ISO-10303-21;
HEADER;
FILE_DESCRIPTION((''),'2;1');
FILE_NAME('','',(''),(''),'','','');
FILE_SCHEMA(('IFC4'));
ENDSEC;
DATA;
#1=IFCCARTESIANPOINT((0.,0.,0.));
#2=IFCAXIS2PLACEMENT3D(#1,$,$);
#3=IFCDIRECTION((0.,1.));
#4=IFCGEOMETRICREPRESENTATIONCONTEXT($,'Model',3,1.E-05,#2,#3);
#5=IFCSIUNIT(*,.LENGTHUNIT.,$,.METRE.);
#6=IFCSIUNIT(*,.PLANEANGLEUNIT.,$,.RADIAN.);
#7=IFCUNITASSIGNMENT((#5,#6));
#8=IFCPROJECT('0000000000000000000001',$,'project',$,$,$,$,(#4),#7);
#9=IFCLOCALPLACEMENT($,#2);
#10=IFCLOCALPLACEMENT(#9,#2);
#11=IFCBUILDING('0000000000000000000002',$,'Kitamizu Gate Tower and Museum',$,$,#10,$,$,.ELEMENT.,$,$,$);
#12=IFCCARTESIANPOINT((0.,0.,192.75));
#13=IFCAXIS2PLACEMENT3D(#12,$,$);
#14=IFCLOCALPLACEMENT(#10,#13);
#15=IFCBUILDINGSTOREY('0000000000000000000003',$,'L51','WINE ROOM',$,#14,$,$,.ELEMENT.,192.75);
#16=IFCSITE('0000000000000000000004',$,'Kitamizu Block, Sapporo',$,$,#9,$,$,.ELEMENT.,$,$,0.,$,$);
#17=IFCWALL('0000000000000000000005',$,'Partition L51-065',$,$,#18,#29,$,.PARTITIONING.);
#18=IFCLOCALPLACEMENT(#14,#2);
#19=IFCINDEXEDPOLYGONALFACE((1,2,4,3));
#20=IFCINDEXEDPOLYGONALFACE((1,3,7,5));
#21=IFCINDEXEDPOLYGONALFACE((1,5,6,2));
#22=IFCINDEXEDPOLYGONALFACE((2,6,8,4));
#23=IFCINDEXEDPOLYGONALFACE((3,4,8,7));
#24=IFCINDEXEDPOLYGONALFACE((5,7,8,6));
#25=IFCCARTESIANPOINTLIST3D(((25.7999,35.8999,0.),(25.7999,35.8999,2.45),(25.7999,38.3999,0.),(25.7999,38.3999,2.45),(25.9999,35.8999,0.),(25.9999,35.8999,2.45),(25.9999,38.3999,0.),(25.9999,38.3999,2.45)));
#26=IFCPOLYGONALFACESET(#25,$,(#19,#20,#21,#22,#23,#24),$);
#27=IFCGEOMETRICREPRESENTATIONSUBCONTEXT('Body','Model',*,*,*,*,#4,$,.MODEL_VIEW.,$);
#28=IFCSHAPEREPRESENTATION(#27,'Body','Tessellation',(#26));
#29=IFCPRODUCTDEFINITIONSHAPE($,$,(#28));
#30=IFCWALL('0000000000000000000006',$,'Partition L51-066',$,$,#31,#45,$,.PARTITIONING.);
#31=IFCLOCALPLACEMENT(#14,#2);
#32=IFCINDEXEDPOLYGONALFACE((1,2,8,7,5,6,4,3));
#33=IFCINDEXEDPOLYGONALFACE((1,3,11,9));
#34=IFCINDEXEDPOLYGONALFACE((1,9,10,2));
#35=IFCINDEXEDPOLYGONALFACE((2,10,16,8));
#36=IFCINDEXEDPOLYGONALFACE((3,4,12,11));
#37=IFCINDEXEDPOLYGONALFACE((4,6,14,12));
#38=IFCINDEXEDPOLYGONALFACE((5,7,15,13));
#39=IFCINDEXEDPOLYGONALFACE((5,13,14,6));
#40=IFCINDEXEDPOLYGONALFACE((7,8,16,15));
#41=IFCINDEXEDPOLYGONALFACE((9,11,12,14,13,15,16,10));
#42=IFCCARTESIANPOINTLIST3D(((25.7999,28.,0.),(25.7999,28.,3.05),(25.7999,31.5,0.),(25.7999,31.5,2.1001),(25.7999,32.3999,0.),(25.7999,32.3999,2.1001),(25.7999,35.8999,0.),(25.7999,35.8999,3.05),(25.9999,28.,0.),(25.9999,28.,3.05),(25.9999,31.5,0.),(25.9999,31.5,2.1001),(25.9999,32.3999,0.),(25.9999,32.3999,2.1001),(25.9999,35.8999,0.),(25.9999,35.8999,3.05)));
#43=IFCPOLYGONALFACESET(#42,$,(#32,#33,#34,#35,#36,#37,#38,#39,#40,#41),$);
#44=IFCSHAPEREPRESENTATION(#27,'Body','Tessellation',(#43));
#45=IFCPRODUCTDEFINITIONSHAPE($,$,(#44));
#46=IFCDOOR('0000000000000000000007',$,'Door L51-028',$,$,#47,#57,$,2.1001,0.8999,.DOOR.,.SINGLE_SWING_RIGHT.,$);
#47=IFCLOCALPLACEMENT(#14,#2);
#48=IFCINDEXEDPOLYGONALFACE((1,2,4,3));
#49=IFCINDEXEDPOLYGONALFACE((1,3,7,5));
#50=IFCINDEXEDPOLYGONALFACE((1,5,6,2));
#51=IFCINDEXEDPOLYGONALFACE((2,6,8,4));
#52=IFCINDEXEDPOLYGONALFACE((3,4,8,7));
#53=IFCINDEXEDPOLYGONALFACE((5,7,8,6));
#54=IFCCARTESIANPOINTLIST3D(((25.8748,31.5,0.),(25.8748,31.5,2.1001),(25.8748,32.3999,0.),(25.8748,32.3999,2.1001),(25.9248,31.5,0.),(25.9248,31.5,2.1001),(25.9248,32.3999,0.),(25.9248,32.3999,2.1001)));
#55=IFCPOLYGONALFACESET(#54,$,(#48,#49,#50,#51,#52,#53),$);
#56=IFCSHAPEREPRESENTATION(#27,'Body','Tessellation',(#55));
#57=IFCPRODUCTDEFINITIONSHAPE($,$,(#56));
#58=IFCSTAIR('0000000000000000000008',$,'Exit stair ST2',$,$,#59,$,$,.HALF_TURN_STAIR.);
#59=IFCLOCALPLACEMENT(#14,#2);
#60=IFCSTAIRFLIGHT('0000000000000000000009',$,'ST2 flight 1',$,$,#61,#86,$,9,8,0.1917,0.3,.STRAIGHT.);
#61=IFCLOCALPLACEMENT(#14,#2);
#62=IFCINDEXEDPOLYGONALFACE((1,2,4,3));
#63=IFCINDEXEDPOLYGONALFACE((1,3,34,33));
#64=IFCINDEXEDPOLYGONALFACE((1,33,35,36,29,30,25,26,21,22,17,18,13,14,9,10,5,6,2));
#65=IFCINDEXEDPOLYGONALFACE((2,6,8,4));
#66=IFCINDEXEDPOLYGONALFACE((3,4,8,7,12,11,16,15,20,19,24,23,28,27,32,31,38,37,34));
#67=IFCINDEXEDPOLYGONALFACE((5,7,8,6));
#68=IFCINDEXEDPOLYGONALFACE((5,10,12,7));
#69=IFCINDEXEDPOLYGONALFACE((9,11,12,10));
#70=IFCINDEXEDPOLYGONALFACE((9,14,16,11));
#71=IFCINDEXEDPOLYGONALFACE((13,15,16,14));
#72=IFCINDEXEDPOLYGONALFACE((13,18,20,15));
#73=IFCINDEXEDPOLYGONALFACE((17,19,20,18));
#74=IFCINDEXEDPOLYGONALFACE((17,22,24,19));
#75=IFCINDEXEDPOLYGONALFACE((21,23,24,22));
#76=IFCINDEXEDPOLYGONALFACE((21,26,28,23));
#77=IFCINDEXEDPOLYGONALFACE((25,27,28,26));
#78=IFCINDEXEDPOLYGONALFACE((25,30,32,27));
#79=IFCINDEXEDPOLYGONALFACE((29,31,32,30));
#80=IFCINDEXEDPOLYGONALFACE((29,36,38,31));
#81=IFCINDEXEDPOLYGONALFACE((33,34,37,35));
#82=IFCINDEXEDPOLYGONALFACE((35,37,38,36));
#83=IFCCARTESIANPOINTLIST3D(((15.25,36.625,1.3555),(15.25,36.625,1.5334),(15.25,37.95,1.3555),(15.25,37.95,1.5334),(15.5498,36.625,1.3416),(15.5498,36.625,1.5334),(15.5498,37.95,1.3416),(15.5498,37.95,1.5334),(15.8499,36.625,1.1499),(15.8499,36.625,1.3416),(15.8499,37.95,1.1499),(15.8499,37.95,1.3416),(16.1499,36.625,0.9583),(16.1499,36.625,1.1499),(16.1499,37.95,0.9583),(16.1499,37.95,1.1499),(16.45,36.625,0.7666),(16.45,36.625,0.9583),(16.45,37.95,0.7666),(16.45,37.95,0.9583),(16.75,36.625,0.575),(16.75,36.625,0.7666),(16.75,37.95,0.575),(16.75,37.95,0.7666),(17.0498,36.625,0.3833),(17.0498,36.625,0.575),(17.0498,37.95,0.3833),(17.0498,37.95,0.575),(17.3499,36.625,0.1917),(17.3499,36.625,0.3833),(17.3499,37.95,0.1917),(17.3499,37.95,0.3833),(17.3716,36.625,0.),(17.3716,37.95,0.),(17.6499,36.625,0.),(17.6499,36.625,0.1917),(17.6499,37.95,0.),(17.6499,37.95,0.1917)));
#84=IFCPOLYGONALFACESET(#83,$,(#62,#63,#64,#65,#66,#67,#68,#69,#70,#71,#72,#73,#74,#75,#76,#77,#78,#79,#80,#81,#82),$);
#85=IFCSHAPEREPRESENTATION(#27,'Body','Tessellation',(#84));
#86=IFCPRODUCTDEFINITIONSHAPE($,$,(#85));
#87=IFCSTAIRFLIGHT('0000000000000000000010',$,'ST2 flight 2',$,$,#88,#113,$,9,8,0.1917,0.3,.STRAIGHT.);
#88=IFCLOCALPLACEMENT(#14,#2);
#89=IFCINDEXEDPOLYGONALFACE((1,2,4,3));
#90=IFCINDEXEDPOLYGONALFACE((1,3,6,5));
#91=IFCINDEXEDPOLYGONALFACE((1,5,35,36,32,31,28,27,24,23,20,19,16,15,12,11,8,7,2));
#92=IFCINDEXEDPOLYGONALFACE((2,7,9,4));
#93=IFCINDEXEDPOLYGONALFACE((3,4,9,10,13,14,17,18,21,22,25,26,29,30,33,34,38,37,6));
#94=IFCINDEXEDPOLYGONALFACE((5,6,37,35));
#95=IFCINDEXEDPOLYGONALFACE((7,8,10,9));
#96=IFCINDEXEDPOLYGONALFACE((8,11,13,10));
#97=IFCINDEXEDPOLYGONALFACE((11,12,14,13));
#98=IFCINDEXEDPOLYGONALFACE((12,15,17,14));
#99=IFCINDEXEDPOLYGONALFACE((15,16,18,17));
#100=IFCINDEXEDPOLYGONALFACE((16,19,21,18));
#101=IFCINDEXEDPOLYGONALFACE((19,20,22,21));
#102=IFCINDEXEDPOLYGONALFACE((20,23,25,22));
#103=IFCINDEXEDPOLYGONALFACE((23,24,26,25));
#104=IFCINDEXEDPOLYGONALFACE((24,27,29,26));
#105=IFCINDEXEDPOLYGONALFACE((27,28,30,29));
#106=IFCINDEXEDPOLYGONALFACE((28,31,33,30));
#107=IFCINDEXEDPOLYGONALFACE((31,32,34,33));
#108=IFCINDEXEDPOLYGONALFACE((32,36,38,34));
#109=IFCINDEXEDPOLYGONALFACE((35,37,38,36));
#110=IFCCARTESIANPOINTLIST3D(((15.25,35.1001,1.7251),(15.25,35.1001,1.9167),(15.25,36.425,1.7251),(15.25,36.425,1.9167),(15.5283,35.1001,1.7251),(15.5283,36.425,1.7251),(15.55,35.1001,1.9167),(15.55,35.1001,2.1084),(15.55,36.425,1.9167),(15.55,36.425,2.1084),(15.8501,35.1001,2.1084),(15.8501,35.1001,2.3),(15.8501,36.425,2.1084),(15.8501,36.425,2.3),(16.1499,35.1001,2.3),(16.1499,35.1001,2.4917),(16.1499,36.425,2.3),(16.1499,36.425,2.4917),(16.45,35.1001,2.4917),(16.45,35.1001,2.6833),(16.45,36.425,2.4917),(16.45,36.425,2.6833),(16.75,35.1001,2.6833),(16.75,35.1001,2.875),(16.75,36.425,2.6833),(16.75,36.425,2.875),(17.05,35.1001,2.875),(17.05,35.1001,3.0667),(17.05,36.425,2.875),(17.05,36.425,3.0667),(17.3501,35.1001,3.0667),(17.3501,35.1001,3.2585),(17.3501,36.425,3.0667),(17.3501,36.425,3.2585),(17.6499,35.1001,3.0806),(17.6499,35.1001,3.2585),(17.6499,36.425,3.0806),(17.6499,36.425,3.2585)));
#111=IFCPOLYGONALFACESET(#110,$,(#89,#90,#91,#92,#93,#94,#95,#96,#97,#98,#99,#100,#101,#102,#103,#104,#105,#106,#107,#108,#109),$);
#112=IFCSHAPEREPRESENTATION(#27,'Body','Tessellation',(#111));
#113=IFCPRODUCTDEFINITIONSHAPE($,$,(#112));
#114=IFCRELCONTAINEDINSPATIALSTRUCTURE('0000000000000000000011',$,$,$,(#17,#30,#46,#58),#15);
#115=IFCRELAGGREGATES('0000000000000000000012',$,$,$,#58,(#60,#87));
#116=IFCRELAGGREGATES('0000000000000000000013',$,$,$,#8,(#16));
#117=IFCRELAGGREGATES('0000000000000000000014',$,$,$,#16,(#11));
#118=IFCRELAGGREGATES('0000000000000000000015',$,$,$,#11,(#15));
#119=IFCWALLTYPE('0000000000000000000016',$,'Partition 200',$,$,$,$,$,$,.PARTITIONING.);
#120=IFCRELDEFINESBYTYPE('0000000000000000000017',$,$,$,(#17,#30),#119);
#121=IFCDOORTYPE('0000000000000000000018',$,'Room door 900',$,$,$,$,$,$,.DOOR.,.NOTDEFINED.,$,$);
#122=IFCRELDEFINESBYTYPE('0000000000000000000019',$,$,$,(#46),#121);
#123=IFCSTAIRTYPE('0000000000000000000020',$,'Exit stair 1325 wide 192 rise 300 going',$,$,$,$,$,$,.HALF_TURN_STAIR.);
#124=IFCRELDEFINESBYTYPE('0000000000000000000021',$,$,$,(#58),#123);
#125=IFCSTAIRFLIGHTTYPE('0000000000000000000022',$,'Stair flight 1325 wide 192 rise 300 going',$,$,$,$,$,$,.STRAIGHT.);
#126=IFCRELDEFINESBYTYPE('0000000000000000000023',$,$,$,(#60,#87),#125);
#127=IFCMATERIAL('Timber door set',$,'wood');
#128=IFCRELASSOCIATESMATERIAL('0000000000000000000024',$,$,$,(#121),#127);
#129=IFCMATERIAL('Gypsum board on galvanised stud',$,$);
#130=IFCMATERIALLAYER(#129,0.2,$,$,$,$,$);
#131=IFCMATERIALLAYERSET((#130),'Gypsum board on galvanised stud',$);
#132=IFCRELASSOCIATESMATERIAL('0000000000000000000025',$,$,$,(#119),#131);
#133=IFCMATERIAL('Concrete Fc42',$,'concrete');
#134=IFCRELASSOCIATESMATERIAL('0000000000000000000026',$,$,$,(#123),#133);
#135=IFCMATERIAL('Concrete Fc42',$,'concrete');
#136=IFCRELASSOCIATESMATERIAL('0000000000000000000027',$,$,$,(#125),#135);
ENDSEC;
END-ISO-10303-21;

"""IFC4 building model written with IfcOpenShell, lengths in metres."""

from ifc_helpers import new_model, si_unit, direction, frame, frame_2d, origin, place, context, subcontext, project, spatial, polyline, rectangle, outline, extrude, material, layer, layer_set, type_object, element, fill, aggregate, save


model = new_model("IFC4")

# Units and contexts
model_context = context("Model", 3, precision=1e-05, world=origin(), true_north=direction((0.0, 1.0)))
body_context = subcontext(model_context, "Body", "Model", "MODEL_VIEW")
ifc_project = project(units=[si_unit("LENGTHUNIT", "METRE"), si_unit("PLANEANGLEUNIT", "RADIAN")], contexts=[model_context])

# Site, building, storey
site_placement = place(None, origin())
site = spatial("IfcSite", under=ifc_project, at=site_placement, Name="Kitamizu Block, Sapporo", CompositionType="ELEMENT", RefElevation=0.0)
building_placement = place(site_placement, origin())
building = spatial("IfcBuilding", under=site, at=building_placement, Name="Kitamizu Gate Tower and Museum", CompositionType="ELEMENT")
storey_placement = place(building_placement, frame((0.0, 0.0, 192.75)))
storey = spatial("IfcBuildingStorey", under=building, at=storey_placement, Name="L51", Description="WINE ROOM", CompositionType="ELEMENT", Elevation=192.75)

# Shared definitions
ifc_material_1 = material(Name="Timber door set", Category="wood")
door_type = type_object("IfcDoorType", Name="Room door 900", OperationType="NOTDEFINED", PredefinedType="DOOR", material=ifc_material_1)

# Wall
ifc_material_2 = material(Name="Gypsum board on galvanised stud")
ifc_layer_1 = layer(ifc_material_2, 0.2)
ifc_layer_set_1 = layer_set([ifc_layer_1], Name="Gypsum board on galvanised stud")
wall_type_1 = type_object("IfcWallType", Name="Partition 200", PredefinedType="PARTITIONING", material=ifc_layer_set_1)
wall_1_placement = place(storey_placement, frame((25.8999, 38.3999, 0.0), z_axis=(0.0, 0.0, 1.0), x_axis=(0.0, -1.0, 0.0)))
element("IfcWall", 1, at=wall_1_placement, inside=storey, type_object=wall_type_1, Name="Partition L51-065", PredefinedType="PARTITIONING", context=body_context, shape_type="SweptSolid", body=[
    extrude(rectangle(XDim=2.5, YDim=0.2, at=frame_2d((1.25, 0.0))), origin(), (0.0, 0.0, 1.0), 2.45),
])

# Wall, opening, door
wall_2_placement = place(storey_placement, frame((25.8999, 35.8999, 0.0), z_axis=(0.0, 0.0, 1.0), x_axis=(0.0, -1.0, 0.0)))
wall_2 = element("IfcWall", 2, at=wall_2_placement, inside=storey, type_object=wall_type_1, Name="Partition L51-066", PredefinedType="PARTITIONING", context=body_context, shape_type="SweptSolid", body=[
    extrude(rectangle(XDim=7.8999, YDim=0.2, at=frame_2d((3.95, 0.0))), origin(), (0.0, 0.0, 1.0), 3.05),
])
opening_1_placement = place(wall_2_placement, frame((3.5, 0.0, 0.0)))
opening_1 = element("IfcOpeningElement", 3, at=opening_1_placement, cuts=wall_2, PredefinedType="OPENING", context=body_context, shape_type="SweptSolid", body=[
    extrude(rectangle(XDim=0.8999, YDim=2.1001, at=frame_2d((0.45, 1.05))), frame((0.0, 0.1099, 0.0), z_axis=(0.0, -1.0, 0.0), x_axis=(1.0, 0.0, 0.0)), (0.0, 0.0, 1.0), 0.22),
])
door_1_placement = place(opening_1_placement, origin())
door_1 = element("IfcDoor", 4, at=door_1_placement, inside=storey, type_object=door_type, Name="Door L51-028", OperationType="SINGLE_SWING_RIGHT", OverallHeight=2.1001, OverallWidth=0.8999, PredefinedType="DOOR", context=body_context, shape_type="SweptSolid", body=[
    extrude(rectangle(XDim=0.8999, YDim=2.1001, at=frame_2d((0.45, 1.05))), frame((0.0, 0.0249, 0.0), z_axis=(0.0, -1.0, 0.0), x_axis=(1.0, 0.0, 0.0)), (0.0, 0.0, 1.0), 0.05),
])
fill(opening_1, door_1)

# Stair, stair flights
ifc_material_3 = material(Name="Concrete Fc42", Category="concrete")
stair_type = type_object("IfcStairType", Name="Exit stair 1325 wide 192 rise 300 going", PredefinedType="HALF_TURN_STAIR", material=ifc_material_3)
stair_placement = place(storey_placement, origin())
stair = element("IfcStair", 5, at=stair_placement, inside=storey, type_object=stair_type, Name="Exit stair ST2", PredefinedType="HALF_TURN_STAIR")
ifc_material_4 = material(Name="Concrete Fc42", Category="concrete")
stair_flight_type = type_object("IfcStairFlightType", Name="Stair flight 1325 wide 192 rise 300 going", PredefinedType="STRAIGHT", material=ifc_material_4)
stair_flight_1_placement = place(storey_placement, frame((17.6499, 37.2876, 0.0), z_axis=(0.0, 0.0, 1.0), x_axis=(-1.0, 0.0, 0.0)))
stair_flight_1 = element("IfcStairFlight", 6, at=stair_flight_1_placement, type_object=stair_flight_type, Name="ST2 flight 1", NumberOfRisers=9, NumberOfTreads=8, PredefinedType="STRAIGHT", RiserHeight=0.1917, TreadLength=0.3, context=body_context, shape_type="SweptSolid", body=[
    extrude(outline(polyline([(0.0, 0.0), (0.0, 0.1917), (0.3, 0.1917), (0.3, 0.3833), (0.6001, 0.3833), (0.6001, 0.575), (0.8999, 0.575), (0.8999, 0.7666), (1.2, 0.7666), (1.2, 0.9583), (1.5, 0.9583), (1.5, 1.1499), (1.8, 1.1499), (1.8, 1.3416), (2.1001, 1.3416), (2.1001, 1.5334), (2.3999, 1.5334), (2.3999, 1.7251), (2.3999, 1.3555), (0.2783, 0.0), (0.0, 0.0)])), frame((0.0, 0.6626, 0.0), z_axis=(0.0, -1.0, 0.0), x_axis=(1.0, 0.0, 0.0)), (0.0, 0.0, 1.0), 1.325),
])
stair_flight_2_placement = place(storey_placement, frame((15.25, 35.7625, 1.7251), z_axis=(0.0, 0.0, 1.0), x_axis=(1.0, 0.0, 0.0)))
stair_flight_2 = element("IfcStairFlight", 7, at=stair_flight_2_placement, type_object=stair_flight_type, Name="ST2 flight 2", NumberOfRisers=9, NumberOfTreads=8, PredefinedType="STRAIGHT", RiserHeight=0.1917, TreadLength=0.3, context=body_context, shape_type="SweptSolid", body=[
    extrude(outline(polyline([(0.0, 0.0), (0.0, 0.1917), (0.3, 0.1917), (0.3, 0.3833), (0.6001, 0.3833), (0.6001, 0.575), (0.8999, 0.575), (0.8999, 0.7666), (1.2, 0.7666), (1.2, 0.9583), (1.5, 0.9583), (1.5, 1.1499), (1.8, 1.1499), (1.8, 1.3416), (2.1001, 1.3416), (2.1001, 1.5334), (2.3999, 1.5334), (2.3999, 1.7251), (2.3999, 1.3555), (0.2783, 0.0), (0.0, 0.0)])), frame((0.0, 0.6626, 0.0), z_axis=(0.0, -1.0, 0.0), x_axis=(1.0, 0.0, 0.0)), (0.0, 0.0, 1.0), 1.325),
])
aggregate(stair, [stair_flight_1, stair_flight_2])

save(model, "model.ifc")
